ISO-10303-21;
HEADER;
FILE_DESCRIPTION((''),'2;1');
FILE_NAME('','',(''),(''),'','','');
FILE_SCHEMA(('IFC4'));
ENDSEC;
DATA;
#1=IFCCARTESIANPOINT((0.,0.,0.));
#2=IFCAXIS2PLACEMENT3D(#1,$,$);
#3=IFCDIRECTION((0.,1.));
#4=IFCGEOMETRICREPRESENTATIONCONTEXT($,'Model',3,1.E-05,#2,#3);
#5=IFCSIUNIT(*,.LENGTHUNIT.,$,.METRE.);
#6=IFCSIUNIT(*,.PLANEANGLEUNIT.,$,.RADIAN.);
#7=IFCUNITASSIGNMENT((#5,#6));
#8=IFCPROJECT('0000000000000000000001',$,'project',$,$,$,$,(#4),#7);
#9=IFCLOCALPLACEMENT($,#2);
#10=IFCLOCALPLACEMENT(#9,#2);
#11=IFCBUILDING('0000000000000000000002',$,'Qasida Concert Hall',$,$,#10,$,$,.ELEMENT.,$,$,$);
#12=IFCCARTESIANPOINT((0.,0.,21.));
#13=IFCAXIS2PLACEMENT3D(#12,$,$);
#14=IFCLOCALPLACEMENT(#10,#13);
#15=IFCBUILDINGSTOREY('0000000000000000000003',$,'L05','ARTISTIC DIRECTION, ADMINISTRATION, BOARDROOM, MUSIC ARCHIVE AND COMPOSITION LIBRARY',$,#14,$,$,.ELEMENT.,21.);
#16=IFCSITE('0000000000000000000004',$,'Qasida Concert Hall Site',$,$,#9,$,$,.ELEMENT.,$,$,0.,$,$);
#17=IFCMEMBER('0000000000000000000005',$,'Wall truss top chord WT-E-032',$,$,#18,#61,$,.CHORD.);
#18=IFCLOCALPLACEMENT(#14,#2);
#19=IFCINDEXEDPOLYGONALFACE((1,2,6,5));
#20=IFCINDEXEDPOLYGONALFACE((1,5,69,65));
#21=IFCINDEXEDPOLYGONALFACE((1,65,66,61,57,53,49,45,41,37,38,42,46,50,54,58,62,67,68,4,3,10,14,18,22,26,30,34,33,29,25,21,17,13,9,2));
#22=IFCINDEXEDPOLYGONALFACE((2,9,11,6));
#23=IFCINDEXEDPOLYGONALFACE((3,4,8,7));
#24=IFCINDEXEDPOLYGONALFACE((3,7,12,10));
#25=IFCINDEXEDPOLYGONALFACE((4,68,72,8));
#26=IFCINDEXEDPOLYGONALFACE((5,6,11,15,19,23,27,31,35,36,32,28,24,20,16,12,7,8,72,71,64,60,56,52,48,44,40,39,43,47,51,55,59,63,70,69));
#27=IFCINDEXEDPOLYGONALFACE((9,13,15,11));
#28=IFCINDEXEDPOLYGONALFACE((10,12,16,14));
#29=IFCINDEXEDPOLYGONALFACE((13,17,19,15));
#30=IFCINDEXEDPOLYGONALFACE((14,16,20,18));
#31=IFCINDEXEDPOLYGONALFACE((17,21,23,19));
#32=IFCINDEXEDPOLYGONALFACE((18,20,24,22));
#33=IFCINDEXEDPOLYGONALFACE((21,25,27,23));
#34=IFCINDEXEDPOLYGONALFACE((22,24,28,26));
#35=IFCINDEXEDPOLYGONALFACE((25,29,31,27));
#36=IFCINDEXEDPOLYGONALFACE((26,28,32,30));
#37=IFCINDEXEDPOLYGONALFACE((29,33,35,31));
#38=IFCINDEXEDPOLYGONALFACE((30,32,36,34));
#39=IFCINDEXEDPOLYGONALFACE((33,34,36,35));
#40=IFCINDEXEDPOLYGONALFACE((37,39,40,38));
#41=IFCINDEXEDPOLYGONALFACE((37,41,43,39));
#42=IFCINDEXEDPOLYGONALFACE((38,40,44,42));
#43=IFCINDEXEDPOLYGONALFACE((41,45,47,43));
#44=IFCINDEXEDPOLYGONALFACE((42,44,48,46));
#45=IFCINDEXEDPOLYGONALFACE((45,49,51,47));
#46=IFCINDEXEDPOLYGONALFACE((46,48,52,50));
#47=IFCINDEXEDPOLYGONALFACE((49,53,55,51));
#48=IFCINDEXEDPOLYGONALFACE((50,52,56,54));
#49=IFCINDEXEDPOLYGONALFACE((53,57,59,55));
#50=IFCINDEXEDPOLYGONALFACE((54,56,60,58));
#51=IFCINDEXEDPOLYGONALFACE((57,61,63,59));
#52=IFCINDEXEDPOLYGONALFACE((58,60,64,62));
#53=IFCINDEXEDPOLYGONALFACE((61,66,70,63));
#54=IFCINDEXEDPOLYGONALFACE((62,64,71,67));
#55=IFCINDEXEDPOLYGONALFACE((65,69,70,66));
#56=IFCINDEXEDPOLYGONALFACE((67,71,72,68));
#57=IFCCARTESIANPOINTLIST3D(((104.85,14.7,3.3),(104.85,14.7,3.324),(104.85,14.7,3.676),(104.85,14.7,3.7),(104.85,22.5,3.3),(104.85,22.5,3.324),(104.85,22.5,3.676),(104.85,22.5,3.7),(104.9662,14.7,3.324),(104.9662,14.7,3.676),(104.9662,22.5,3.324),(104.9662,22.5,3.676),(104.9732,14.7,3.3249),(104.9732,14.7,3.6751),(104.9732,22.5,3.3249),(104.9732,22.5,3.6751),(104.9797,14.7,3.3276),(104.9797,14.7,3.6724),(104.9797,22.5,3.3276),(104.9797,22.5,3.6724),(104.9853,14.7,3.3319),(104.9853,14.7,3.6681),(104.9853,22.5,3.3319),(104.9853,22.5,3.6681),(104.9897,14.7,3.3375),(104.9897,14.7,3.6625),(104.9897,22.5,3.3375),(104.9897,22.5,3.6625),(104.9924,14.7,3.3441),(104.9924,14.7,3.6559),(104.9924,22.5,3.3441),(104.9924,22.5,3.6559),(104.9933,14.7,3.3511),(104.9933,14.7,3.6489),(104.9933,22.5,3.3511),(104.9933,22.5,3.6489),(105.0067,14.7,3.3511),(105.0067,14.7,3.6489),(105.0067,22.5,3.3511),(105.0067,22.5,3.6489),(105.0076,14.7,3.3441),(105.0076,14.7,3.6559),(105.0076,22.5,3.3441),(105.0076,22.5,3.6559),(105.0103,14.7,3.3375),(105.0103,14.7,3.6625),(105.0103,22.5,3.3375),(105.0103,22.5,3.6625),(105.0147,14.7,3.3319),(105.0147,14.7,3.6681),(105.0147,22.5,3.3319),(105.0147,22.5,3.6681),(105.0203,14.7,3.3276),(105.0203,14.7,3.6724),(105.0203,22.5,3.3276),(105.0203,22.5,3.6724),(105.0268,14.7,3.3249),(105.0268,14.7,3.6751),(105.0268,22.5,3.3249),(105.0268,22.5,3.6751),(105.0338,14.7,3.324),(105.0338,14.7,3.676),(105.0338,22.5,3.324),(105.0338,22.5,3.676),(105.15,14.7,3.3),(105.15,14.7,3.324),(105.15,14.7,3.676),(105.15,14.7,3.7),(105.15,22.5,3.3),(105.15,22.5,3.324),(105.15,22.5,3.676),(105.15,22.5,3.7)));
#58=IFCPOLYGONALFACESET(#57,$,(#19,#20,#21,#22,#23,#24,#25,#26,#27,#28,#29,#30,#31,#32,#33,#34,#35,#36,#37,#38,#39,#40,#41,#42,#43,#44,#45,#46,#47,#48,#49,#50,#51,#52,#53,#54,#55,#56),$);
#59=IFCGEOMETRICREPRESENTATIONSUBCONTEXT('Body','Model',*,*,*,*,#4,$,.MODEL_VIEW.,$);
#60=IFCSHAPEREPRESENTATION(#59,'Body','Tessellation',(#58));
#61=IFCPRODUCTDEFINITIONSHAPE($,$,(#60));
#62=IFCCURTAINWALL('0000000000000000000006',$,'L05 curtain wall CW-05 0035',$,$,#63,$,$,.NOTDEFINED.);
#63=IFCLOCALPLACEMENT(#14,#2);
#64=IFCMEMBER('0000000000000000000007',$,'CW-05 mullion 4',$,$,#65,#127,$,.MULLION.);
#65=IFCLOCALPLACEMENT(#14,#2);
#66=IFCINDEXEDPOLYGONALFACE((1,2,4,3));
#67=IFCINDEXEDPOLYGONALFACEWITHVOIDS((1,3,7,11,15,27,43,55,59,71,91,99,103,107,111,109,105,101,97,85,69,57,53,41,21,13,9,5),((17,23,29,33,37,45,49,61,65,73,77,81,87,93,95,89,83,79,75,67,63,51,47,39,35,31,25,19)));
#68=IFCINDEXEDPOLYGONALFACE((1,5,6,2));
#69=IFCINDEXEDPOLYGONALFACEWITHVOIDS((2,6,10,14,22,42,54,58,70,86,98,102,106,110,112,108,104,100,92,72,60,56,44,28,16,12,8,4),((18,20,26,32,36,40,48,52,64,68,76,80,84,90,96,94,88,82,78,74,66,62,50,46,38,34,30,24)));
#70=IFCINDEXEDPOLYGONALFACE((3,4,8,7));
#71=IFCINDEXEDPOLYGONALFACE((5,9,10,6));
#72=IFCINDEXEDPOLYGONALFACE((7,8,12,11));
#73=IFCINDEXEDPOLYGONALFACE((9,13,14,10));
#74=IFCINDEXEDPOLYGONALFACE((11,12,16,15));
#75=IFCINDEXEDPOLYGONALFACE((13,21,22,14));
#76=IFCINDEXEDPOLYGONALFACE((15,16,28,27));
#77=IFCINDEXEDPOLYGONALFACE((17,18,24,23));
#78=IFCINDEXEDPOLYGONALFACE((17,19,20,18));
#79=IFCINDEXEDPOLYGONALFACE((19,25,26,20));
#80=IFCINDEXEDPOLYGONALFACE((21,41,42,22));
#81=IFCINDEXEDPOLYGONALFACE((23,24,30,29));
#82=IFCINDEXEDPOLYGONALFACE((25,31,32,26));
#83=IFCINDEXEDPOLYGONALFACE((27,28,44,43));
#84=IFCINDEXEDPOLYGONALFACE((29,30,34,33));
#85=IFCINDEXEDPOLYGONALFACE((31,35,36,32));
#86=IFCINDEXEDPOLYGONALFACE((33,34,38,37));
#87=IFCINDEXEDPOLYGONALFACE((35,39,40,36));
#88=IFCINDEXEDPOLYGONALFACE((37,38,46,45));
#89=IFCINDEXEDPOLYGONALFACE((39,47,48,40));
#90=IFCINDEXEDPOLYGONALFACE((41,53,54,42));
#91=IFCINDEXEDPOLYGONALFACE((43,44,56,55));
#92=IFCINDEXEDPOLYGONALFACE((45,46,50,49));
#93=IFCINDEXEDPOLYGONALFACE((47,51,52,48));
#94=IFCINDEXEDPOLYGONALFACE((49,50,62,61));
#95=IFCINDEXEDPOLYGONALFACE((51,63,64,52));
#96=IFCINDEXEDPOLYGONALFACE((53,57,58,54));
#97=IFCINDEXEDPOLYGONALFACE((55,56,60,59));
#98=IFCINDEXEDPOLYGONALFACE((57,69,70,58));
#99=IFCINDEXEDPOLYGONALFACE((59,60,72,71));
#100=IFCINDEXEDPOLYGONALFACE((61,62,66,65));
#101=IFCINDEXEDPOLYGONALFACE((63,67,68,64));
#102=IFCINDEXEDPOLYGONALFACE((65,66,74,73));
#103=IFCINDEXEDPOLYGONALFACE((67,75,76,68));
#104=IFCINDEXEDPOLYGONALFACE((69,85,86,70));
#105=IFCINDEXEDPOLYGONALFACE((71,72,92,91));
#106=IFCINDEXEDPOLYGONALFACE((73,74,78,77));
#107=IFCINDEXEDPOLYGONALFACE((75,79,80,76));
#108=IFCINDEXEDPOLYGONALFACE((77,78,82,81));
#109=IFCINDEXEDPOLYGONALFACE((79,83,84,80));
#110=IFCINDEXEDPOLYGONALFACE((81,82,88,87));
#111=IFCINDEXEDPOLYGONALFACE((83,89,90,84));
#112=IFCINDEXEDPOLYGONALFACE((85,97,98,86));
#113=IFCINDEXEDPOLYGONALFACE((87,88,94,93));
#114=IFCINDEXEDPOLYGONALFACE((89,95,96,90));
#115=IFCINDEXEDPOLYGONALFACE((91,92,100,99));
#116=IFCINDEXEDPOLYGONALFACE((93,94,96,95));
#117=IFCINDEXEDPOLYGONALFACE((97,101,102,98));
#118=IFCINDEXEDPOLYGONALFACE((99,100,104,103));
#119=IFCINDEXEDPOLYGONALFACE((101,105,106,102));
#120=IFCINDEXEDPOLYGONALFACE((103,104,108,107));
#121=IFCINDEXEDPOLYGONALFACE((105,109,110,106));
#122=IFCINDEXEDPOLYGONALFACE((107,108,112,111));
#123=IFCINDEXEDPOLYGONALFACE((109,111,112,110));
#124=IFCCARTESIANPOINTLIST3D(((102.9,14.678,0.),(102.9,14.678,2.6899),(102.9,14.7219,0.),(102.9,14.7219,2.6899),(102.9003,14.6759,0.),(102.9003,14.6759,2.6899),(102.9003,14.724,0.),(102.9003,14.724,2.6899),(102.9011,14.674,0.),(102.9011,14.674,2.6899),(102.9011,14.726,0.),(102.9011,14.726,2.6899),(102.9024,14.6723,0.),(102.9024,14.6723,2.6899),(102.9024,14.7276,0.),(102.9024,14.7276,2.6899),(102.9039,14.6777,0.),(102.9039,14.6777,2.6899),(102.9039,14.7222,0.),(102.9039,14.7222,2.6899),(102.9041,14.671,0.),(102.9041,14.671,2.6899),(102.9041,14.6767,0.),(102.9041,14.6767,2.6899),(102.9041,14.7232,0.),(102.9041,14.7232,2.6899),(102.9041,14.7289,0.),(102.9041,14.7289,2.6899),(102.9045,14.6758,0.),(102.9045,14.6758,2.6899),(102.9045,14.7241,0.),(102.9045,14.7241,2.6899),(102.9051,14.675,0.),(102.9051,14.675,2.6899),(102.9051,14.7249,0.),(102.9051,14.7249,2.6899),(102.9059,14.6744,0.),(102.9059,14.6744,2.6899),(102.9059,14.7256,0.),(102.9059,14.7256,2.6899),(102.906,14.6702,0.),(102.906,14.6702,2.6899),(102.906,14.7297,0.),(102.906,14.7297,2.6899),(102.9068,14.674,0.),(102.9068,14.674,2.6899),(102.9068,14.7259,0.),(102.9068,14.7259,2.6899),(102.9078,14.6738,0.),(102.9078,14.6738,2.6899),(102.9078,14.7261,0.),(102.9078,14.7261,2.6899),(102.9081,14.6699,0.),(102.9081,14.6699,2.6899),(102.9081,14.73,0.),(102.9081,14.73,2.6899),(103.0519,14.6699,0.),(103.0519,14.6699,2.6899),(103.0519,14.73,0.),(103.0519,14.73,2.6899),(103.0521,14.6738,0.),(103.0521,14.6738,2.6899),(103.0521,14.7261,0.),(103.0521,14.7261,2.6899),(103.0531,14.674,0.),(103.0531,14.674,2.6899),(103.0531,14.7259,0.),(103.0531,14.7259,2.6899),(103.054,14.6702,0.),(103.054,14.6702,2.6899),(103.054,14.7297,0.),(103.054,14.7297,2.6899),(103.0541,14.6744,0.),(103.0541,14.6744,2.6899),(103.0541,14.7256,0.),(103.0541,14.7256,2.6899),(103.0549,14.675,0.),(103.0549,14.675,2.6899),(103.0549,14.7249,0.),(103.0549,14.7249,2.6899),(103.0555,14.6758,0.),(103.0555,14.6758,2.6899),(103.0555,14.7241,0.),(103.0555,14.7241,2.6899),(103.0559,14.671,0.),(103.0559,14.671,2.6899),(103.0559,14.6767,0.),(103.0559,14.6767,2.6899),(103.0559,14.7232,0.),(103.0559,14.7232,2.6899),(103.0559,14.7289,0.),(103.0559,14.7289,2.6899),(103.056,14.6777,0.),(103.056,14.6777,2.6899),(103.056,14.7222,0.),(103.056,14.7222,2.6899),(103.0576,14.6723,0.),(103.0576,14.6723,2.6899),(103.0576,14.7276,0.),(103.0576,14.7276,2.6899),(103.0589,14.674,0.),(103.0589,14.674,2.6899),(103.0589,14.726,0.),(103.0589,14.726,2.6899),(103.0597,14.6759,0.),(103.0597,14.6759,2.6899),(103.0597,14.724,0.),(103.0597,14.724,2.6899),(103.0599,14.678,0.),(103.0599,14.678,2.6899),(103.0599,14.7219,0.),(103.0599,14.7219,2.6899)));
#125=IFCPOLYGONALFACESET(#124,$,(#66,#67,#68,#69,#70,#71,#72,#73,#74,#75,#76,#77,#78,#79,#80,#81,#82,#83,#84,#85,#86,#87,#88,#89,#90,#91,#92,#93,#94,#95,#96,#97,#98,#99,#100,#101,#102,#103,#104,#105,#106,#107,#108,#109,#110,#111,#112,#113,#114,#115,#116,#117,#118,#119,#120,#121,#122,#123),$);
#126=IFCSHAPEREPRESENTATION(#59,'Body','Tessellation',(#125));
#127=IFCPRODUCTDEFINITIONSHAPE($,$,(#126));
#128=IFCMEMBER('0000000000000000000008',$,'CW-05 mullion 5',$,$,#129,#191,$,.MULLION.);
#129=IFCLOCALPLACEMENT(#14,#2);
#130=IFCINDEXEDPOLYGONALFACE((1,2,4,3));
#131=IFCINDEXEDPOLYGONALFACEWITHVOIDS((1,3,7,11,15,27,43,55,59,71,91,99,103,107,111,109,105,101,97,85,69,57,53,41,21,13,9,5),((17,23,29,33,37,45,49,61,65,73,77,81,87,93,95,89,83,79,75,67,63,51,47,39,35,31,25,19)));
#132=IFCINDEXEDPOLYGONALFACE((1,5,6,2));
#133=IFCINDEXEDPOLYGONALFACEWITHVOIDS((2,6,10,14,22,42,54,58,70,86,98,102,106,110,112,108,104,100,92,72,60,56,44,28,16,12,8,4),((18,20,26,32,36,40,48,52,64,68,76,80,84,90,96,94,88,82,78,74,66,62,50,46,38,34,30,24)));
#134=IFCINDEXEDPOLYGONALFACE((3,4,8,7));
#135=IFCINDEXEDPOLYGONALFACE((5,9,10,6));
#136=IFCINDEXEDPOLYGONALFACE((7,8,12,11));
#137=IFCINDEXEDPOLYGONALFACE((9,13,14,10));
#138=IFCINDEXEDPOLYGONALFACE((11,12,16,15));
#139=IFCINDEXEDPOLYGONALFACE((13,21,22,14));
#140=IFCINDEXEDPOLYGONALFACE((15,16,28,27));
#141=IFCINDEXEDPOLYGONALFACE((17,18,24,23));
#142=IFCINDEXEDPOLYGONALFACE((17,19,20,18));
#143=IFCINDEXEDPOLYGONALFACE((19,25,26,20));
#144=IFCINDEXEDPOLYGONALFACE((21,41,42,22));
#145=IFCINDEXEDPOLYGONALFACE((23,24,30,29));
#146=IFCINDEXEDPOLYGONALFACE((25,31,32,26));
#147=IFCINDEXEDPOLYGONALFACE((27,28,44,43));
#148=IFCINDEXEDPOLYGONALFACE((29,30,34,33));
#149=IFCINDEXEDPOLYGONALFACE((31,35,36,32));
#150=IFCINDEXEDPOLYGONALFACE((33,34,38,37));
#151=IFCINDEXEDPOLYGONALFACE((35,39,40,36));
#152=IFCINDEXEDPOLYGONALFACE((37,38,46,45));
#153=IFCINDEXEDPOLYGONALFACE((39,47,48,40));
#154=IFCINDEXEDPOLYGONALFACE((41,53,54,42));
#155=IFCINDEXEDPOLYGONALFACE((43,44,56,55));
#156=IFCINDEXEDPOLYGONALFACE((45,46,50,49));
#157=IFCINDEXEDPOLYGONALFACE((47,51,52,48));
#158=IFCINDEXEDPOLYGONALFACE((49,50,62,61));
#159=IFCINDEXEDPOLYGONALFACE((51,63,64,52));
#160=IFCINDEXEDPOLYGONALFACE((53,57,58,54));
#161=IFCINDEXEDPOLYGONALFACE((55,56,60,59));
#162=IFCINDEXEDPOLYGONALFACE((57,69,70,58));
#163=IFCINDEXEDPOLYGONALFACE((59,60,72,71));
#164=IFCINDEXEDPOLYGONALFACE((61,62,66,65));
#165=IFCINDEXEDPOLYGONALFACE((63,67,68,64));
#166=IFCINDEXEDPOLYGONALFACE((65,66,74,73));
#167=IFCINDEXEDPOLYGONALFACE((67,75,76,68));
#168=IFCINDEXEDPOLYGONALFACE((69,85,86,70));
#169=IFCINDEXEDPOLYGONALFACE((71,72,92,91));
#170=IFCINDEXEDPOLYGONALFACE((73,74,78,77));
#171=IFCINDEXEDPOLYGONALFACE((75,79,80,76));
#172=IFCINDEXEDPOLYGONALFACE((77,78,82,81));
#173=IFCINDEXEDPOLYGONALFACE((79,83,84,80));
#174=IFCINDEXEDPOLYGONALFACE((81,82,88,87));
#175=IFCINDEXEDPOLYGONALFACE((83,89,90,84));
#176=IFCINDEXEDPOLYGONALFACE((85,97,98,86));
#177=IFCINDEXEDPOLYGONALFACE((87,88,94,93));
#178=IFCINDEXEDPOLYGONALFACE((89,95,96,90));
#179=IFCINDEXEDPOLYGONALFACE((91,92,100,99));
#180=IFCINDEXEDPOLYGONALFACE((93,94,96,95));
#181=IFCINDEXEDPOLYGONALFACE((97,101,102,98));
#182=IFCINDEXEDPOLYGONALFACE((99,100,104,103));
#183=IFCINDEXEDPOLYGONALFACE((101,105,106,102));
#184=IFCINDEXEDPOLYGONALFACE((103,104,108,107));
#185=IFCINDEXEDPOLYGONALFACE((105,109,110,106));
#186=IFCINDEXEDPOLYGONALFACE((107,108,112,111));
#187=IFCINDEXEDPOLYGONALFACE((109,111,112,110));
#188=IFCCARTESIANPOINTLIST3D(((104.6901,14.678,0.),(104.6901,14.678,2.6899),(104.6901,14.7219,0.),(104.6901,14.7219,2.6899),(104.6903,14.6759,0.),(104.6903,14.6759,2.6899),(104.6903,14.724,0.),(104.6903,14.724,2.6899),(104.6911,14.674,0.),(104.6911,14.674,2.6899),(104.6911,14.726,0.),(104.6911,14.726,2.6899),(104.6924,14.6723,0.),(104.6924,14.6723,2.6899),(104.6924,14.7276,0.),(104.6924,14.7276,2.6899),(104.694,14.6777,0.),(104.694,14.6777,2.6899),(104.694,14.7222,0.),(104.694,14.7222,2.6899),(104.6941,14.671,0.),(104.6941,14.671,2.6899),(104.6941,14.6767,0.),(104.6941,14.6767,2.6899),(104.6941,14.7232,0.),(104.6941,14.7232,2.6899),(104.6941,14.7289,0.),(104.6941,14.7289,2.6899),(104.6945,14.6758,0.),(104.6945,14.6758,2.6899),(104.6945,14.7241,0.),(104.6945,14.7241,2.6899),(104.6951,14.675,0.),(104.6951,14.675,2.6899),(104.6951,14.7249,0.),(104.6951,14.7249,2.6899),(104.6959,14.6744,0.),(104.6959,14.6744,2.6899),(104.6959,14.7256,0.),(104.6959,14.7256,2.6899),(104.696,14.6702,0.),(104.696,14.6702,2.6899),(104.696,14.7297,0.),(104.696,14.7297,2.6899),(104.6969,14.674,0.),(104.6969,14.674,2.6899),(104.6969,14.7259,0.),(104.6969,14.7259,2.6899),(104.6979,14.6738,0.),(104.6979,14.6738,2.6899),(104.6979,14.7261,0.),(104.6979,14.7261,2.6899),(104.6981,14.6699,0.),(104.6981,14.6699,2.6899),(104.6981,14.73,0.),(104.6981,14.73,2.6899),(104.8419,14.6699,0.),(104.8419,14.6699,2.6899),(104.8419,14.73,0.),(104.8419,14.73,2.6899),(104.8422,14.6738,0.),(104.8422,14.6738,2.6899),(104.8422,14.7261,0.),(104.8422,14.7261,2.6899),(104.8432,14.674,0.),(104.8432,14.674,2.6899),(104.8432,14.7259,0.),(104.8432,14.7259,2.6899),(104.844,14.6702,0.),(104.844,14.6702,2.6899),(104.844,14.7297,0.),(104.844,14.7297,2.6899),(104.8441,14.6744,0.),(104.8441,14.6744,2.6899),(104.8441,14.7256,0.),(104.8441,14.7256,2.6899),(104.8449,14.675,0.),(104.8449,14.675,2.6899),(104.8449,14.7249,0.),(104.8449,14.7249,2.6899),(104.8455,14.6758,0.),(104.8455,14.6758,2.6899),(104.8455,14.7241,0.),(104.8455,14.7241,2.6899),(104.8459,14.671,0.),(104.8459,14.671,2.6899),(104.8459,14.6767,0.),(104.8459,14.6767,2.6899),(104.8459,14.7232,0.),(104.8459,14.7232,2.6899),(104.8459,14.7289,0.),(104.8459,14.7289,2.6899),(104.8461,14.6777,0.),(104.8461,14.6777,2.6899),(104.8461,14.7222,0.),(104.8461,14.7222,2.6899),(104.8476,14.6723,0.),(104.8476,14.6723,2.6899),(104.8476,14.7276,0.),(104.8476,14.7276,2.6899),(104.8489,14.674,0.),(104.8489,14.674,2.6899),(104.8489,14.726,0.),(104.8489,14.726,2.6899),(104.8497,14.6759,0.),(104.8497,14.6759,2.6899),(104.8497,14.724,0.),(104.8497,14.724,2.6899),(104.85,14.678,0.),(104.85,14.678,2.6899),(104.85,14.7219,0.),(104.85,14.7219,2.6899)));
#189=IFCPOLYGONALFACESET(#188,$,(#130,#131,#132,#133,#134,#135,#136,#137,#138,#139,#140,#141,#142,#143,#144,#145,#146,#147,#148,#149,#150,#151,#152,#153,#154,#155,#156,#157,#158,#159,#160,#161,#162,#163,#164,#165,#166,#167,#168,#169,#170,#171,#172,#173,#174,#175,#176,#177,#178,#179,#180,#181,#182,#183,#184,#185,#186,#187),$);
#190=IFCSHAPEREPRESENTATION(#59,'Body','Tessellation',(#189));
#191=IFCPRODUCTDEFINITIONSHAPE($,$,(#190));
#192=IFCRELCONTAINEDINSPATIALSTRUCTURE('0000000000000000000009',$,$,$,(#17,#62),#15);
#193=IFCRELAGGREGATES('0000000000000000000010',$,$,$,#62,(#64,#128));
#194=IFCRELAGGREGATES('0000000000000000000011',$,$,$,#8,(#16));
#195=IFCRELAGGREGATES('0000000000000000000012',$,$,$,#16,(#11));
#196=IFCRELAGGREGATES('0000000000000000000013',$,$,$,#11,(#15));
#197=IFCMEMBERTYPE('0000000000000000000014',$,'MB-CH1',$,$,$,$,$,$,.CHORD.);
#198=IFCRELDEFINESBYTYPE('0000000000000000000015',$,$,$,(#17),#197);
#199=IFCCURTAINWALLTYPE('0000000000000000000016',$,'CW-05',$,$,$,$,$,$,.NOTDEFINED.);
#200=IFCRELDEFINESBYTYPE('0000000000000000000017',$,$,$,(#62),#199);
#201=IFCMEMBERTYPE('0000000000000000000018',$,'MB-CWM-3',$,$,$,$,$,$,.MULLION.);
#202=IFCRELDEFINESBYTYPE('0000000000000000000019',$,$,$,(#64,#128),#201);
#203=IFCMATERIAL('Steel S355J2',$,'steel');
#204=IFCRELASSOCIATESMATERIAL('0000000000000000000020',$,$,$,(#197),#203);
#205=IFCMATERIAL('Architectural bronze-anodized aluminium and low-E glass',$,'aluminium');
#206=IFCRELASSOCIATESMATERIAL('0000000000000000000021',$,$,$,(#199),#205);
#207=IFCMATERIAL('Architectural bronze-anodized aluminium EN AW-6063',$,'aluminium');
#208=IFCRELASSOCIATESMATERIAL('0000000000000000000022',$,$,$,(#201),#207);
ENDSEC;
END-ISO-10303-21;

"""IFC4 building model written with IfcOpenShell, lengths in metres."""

from ifc_helpers import new_model, si_unit, direction, frame, origin, origin_2d, place, context, subcontext, project, spatial, hollow_rectangle, i_section, extrude, material, material_profile, profile_set, type_object, element, aggregate, save


model = new_model("IFC4")

# Units and contexts
model_context = context("Model", 3, precision=1e-05, world=origin(), true_north=direction((0.0, 1.0)))
body_context = subcontext(model_context, "Body", "Model", "MODEL_VIEW")
ifc_project = project(units=[si_unit("LENGTHUNIT", "METRE"), si_unit("PLANEANGLEUNIT", "RADIAN")], contexts=[model_context])

# Site, building, storey
site_placement = place(None, origin())
site = spatial("IfcSite", under=ifc_project, at=site_placement, Name="Qasida Concert Hall Site", CompositionType="ELEMENT", RefElevation=0.0)
building_placement = place(site_placement, origin())
building = spatial("IfcBuilding", under=site, at=building_placement, Name="Qasida Concert Hall", CompositionType="ELEMENT")
storey_placement = place(building_placement, frame((0.0, 0.0, 21.0)))
storey = spatial("IfcBuildingStorey", under=building, at=storey_placement, Name="L05", Description="ARTISTIC DIRECTION, ADMINISTRATION, BOARDROOM, MUSIC ARCHIVE AND COMPOSITION LIBRARY", CompositionType="ELEMENT", Elevation=21.0)

# Member
ifc_material_1 = material(Name="Steel S355J2", Category="steel")
ifc_material_profile_1 = material_profile(ifc_material_1, i_section(OverallWidth=0.3, OverallDepth=0.3999, WebThickness=0.0134, FlangeThickness=0.0239, FilletRadius=0.0271, at=origin_2d()), Name="HEB 400")
ifc_profile_set_1 = profile_set([ifc_material_profile_1], Name="Steel S355J2")
member_type_1 = type_object("IfcMemberType", Name="MB-CH1", PredefinedType="CHORD", material=ifc_profile_set_1)
member_1_placement = place(storey_placement, frame((105.0, 14.7, 3.5), z_axis=(0.0, 1.0, 0.0), x_axis=(-1.0, 0.0, 0.0)))
element("IfcMember", 1, at=member_1_placement, inside=storey, type_object=member_type_1, Name="Wall truss top chord WT-E-032", PredefinedType="CHORD", context=body_context, shape_type="SweptSolid", body=[
    extrude(i_section(OverallWidth=0.3, OverallDepth=0.3999, WebThickness=0.0134, FlangeThickness=0.0239, FilletRadius=0.0271, at=origin_2d()), origin(), (0.0, 0.0, 1.0), 7.8),
])

# Curtain wall, members
ifc_material_2 = material(Name="Architectural bronze-anodized aluminium and low-E glass", Category="aluminium")
curtain_wall_type = type_object("IfcCurtainWallType", Name="CW-05", PredefinedType="NOTDEFINED", material=ifc_material_2)
curtain_wall_placement = place(storey_placement, origin())
curtain_wall = element("IfcCurtainWall", 2, at=curtain_wall_placement, inside=storey, type_object=curtain_wall_type, Name="L05 curtain wall CW-05 0035", PredefinedType="NOTDEFINED")
ifc_material_3 = material(Name="Architectural bronze-anodized aluminium EN AW-6063", Category="aluminium")
ifc_material_profile_2 = material_profile(ifc_material_3, hollow_rectangle(XDim=0.0601, YDim=0.1599, WallThickness=0.0039, InnerFilletRadius=0.0039, OuterFilletRadius=0.0081, at=origin_2d()), Name="CWM 160x60x4")
ifc_profile_set_2 = profile_set([ifc_material_profile_2], Name="Architectural bronze-anodized aluminium EN AW-6063")
member_type_2 = type_object("IfcMemberType", Name="MB-CWM-3", PredefinedType="MULLION", material=ifc_profile_set_2)
member_2_placement = place(storey_placement, frame((102.98, 14.7, 0.0), z_axis=(0.0, 0.0, 1.0), x_axis=(0.0, 1.0, 0.0)))
member_2 = element("IfcMember", 3, at=member_2_placement, type_object=member_type_2, Name="CW-05 mullion 4", PredefinedType="MULLION", context=body_context, shape_type="SweptSolid", body=[
    extrude(hollow_rectangle(XDim=0.0601, YDim=0.1599, WallThickness=0.0039, InnerFilletRadius=0.0039, OuterFilletRadius=0.0081, at=origin_2d()), origin(), (0.0, 0.0, 1.0), 2.6899),
])
member_3_placement = place(storey_placement, frame((104.77, 14.7, 0.0), z_axis=(0.0, 0.0, 1.0), x_axis=(0.0, 1.0, 0.0)))
member_3 = element("IfcMember", 4, at=member_3_placement, type_object=member_type_2, Name="CW-05 mullion 5", PredefinedType="MULLION", context=body_context, shape_type="SweptSolid", body=[
    extrude(hollow_rectangle(XDim=0.0601, YDim=0.1599, WallThickness=0.0039, InnerFilletRadius=0.0039, OuterFilletRadius=0.0081, at=origin_2d()), origin(), (0.0, 0.0, 1.0), 2.6899),
])

aggregate(curtain_wall, [member_2, member_3])

save(model, "model.ifc")
